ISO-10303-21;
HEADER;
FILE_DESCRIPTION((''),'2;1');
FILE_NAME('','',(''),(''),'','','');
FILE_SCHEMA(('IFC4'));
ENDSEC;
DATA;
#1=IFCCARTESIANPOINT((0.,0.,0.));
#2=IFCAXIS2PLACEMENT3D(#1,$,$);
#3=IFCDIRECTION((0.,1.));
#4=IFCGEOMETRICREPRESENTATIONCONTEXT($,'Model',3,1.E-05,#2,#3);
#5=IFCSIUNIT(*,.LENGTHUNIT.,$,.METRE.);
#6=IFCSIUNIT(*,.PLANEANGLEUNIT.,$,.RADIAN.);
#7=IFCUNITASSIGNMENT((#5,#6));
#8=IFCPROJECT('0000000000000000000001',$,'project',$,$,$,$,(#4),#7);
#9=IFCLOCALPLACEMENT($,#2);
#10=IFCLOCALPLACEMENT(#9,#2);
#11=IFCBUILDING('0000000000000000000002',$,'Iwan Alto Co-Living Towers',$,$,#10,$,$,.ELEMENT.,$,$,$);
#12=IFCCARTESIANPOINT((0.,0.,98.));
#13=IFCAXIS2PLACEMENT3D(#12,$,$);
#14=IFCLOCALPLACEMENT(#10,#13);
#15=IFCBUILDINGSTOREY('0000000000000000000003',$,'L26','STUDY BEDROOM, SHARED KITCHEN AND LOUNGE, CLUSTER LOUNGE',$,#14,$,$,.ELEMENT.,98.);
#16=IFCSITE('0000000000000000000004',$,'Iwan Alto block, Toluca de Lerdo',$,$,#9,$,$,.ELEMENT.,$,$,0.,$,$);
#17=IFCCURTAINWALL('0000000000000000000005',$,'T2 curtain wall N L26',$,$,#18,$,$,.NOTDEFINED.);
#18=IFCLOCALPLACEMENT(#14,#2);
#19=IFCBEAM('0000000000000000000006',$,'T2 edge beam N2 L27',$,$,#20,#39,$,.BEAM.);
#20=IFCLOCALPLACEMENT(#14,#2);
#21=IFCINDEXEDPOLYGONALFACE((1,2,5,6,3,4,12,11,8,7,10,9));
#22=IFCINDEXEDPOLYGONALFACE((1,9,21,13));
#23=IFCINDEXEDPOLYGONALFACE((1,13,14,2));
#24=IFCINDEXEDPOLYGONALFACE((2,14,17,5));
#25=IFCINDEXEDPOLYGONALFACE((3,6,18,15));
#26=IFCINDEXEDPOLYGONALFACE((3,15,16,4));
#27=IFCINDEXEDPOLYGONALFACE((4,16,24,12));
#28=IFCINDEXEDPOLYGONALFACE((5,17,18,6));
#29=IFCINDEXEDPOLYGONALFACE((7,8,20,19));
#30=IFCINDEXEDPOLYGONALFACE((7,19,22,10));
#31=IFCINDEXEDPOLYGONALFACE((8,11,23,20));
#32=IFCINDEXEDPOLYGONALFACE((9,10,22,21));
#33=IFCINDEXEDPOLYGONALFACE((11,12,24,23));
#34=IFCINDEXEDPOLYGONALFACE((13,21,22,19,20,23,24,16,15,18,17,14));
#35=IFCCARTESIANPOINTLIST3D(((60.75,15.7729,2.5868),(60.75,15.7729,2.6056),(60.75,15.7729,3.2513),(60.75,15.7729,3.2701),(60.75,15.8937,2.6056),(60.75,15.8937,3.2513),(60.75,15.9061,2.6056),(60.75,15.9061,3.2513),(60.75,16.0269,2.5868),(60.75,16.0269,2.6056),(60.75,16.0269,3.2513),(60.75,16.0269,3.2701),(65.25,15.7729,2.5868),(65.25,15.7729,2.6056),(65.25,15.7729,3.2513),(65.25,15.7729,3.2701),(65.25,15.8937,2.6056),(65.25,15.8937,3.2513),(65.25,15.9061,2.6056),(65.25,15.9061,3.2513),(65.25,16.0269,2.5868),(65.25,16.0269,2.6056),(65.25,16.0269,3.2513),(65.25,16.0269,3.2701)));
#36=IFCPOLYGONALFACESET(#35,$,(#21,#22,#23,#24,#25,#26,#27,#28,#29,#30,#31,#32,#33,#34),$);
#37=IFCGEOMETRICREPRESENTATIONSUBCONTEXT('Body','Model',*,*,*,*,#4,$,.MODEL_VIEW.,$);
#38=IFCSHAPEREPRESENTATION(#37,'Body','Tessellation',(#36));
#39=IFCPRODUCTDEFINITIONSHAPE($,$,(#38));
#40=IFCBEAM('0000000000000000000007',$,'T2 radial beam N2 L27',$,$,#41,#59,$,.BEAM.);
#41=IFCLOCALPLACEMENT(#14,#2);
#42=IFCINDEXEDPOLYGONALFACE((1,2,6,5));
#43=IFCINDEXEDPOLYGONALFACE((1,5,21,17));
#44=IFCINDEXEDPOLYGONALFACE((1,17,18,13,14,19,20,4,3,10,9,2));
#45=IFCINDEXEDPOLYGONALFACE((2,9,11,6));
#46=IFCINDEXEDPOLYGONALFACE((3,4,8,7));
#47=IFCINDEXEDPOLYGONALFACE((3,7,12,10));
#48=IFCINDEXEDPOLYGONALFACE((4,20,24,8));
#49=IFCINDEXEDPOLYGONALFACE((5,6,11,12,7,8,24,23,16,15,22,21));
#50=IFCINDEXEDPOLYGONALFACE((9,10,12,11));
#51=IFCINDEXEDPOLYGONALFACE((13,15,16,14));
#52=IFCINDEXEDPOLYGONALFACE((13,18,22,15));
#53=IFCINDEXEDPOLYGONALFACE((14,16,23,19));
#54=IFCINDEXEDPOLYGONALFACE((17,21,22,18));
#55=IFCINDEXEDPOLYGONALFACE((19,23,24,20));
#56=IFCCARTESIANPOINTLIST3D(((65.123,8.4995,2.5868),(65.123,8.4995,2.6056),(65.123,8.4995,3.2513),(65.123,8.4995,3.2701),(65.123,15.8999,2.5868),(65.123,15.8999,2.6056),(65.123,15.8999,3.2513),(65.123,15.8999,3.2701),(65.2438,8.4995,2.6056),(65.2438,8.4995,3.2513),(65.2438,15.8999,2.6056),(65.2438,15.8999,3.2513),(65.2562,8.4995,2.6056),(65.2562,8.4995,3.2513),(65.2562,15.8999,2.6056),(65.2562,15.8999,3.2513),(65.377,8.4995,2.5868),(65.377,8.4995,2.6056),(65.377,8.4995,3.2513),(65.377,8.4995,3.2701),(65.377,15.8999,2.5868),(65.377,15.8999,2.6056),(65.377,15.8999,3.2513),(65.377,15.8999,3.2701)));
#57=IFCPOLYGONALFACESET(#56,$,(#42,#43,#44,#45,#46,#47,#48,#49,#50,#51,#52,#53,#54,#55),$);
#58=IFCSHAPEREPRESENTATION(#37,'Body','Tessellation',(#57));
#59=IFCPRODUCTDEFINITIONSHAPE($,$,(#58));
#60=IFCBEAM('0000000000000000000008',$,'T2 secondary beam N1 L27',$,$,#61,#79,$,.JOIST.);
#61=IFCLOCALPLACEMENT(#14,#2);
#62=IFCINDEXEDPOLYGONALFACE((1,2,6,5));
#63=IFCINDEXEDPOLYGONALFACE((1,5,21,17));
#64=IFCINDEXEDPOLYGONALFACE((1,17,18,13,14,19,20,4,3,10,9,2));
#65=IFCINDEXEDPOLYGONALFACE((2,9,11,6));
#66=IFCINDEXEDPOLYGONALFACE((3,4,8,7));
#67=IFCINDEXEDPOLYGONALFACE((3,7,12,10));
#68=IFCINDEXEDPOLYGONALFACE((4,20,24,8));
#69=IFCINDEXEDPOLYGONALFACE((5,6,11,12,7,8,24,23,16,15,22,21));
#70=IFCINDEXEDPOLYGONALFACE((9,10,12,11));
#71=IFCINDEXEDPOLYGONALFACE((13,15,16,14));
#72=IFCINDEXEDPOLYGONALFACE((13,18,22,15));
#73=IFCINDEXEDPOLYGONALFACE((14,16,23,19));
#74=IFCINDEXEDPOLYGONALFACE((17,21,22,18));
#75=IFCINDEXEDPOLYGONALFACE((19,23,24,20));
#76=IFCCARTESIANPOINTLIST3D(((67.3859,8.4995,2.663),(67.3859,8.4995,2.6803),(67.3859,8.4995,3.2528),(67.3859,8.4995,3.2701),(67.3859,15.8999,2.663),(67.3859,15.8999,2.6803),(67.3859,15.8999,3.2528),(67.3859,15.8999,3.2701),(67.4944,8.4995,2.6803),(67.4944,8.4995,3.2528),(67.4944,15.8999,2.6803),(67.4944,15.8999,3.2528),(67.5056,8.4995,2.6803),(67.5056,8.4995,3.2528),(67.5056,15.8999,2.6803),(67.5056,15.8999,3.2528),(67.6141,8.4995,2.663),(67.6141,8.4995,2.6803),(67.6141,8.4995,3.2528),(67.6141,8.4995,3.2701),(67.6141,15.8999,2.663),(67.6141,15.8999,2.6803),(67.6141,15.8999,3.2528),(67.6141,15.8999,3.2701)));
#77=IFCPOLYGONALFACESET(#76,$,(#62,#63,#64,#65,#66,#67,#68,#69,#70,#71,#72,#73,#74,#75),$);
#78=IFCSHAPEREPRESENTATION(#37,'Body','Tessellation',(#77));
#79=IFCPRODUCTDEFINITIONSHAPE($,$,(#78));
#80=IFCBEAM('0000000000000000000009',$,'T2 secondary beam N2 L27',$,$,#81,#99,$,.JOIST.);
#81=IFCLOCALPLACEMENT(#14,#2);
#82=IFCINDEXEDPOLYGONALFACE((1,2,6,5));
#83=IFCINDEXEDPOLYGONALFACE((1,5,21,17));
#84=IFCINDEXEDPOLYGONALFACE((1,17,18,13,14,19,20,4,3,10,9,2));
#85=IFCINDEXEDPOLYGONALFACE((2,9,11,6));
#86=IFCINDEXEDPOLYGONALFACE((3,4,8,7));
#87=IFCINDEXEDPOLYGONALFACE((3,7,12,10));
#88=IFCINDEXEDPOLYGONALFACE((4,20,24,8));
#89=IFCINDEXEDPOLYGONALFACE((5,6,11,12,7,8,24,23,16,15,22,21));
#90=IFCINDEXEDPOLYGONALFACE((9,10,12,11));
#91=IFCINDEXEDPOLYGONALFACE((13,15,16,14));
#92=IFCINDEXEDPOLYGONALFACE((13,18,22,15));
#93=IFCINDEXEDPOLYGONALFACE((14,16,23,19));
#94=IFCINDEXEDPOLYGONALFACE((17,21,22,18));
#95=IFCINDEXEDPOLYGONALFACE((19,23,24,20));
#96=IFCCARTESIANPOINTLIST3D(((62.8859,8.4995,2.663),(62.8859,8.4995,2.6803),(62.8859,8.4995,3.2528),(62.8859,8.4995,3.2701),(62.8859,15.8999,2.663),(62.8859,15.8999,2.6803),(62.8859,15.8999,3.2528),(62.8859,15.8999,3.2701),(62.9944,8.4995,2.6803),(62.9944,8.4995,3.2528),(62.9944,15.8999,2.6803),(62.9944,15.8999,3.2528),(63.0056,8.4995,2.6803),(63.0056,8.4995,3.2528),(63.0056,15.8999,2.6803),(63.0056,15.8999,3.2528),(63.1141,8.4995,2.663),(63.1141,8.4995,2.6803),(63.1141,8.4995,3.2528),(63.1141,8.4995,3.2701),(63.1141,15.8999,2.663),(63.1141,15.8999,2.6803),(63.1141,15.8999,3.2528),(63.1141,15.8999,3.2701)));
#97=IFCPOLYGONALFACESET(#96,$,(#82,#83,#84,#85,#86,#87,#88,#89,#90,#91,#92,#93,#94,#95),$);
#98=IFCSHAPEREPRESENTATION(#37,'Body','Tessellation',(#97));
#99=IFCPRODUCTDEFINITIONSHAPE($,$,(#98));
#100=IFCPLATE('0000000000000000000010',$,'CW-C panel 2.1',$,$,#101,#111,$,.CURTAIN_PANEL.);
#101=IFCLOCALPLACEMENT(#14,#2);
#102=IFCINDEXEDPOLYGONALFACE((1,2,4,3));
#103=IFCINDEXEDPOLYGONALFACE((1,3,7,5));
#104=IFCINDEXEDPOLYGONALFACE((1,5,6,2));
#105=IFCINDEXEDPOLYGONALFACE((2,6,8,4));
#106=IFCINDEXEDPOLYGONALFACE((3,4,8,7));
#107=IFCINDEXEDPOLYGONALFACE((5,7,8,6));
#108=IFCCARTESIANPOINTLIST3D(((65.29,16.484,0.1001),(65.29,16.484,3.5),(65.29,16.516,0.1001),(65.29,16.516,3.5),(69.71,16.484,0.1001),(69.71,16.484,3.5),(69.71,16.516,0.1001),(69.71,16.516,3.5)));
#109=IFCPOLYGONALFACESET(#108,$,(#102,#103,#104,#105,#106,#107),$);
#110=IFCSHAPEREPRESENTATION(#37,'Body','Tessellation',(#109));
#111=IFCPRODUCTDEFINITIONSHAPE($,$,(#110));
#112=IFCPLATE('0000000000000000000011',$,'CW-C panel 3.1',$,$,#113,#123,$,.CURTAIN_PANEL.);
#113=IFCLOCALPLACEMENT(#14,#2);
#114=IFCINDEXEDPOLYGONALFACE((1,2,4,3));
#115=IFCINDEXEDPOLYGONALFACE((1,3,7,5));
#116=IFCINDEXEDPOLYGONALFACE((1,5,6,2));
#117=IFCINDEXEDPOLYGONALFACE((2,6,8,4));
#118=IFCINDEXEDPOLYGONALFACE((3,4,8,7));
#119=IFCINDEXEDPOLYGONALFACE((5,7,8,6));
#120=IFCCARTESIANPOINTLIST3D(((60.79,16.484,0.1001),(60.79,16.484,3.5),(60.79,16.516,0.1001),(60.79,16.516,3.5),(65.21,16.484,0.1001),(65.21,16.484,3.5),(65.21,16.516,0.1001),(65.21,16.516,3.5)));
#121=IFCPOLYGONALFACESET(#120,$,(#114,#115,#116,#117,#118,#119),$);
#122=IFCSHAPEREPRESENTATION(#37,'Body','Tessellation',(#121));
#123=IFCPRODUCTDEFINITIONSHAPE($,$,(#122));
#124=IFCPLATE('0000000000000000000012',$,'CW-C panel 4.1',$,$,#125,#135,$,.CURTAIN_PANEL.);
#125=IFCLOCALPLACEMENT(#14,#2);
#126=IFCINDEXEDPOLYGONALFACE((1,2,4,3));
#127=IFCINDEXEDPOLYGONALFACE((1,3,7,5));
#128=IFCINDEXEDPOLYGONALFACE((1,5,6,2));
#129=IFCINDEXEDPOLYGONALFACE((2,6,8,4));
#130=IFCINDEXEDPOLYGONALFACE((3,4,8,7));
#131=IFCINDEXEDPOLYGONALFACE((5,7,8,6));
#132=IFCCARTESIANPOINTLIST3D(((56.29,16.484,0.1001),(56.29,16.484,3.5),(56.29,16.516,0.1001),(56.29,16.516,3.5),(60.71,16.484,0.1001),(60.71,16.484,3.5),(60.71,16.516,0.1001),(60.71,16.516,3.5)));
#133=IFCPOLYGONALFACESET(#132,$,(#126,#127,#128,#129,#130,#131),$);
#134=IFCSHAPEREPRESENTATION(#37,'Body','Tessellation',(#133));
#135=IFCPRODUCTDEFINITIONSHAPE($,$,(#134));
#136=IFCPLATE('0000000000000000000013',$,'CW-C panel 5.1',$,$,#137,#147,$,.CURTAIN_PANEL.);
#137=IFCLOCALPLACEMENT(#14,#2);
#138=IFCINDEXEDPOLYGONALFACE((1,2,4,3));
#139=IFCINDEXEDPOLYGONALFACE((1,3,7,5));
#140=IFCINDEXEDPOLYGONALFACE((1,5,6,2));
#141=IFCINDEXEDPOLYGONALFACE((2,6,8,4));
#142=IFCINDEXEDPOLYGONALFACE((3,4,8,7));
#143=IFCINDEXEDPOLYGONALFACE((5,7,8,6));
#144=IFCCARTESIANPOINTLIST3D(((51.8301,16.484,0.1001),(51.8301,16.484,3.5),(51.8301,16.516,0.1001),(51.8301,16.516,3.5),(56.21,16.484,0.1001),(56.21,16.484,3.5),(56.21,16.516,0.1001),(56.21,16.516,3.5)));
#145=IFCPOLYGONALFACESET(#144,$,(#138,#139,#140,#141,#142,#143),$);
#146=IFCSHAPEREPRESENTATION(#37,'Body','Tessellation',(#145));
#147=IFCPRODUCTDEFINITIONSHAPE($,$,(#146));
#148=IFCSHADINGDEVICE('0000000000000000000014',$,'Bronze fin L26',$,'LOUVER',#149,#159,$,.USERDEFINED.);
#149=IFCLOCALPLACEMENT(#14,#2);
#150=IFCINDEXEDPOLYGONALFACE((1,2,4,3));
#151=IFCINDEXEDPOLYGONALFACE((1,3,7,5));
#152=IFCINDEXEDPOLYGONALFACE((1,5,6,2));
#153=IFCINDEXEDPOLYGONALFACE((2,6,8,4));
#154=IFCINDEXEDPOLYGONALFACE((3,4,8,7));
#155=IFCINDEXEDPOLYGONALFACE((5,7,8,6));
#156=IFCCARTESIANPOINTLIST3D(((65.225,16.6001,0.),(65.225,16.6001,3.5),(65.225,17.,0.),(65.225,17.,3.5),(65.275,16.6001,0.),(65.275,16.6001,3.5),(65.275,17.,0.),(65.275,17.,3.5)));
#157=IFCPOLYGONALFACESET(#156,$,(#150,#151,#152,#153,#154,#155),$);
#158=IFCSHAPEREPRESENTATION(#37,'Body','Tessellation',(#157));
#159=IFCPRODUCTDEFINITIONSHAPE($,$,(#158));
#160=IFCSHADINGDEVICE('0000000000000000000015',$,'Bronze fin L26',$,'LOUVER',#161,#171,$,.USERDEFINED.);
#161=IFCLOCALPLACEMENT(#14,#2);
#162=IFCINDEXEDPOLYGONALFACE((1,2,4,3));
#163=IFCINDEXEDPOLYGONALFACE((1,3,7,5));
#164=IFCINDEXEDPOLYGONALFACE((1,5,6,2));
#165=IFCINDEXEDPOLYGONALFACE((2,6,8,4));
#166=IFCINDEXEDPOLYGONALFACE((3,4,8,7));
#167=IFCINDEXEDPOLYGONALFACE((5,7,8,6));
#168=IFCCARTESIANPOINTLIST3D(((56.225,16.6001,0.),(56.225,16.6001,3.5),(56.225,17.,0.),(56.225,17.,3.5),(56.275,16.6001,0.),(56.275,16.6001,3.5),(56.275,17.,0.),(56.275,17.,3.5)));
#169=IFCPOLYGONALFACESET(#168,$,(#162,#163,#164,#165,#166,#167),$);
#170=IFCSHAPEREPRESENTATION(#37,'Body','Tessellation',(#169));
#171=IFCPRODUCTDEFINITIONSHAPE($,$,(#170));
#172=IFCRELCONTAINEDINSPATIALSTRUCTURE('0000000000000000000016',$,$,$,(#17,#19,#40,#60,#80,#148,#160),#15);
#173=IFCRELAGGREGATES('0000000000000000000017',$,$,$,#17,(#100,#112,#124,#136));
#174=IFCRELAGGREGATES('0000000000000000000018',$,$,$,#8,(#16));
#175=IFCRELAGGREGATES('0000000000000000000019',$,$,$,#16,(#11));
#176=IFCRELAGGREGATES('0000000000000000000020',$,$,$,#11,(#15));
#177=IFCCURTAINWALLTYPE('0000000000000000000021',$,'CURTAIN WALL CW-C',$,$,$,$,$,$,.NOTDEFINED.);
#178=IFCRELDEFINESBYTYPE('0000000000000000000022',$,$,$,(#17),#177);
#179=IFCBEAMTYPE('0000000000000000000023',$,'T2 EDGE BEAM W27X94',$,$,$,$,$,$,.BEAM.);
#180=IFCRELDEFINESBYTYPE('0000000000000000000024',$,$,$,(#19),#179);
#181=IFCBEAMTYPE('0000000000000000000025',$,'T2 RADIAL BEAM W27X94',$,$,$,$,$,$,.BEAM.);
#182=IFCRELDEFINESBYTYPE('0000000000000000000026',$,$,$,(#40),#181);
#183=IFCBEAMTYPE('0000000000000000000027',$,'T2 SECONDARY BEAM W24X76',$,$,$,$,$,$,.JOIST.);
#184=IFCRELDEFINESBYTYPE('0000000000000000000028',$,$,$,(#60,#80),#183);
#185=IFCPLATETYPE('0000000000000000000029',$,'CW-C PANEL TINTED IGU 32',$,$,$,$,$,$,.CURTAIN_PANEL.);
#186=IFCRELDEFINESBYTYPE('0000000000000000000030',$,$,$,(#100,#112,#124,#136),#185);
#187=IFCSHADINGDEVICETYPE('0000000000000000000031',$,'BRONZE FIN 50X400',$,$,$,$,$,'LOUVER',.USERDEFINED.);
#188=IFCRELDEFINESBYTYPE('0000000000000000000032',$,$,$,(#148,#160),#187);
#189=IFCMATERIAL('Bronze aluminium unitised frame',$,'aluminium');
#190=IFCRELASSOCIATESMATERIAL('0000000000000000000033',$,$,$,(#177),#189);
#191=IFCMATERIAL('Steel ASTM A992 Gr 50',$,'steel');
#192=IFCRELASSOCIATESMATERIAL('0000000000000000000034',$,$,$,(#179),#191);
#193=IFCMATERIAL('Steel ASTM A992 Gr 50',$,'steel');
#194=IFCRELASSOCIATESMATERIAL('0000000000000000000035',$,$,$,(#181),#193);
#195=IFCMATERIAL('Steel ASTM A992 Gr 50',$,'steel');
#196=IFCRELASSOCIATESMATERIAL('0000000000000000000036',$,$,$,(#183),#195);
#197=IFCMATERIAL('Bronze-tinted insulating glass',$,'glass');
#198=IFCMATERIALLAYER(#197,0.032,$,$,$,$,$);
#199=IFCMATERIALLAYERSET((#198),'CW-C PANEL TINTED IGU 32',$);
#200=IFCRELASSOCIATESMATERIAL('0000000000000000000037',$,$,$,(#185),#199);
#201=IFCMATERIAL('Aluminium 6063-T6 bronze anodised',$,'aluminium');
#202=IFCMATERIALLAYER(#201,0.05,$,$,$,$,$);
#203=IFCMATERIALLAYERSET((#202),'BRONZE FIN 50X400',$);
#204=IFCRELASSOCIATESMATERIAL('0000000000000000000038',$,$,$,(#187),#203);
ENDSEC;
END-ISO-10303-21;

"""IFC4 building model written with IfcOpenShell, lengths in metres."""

from ifc_helpers import new_model, si_unit, direction, frame, origin, origin_2d, place, context, subcontext, project, spatial, rectangle, i_section, extrude, material, layer, layer_set, material_profile, profile_set, type_object, element, aggregate, save


model = new_model("IFC4")

# Units and contexts
model_context = context("Model", 3, precision=1e-05, world=origin(), true_north=direction((0.0, 1.0)))
body_context = subcontext(model_context, "Body", "Model", "MODEL_VIEW")
ifc_project = project(units=[si_unit("LENGTHUNIT", "METRE"), si_unit("PLANEANGLEUNIT", "RADIAN")], contexts=[model_context])

# Site, building, storey
site_placement = place(None, origin())
site = spatial("IfcSite", under=ifc_project, at=site_placement, Name="Iwan Alto block, Toluca de Lerdo", CompositionType="ELEMENT", RefElevation=0.0)
building_placement = place(site_placement, origin())
building = spatial("IfcBuilding", under=site, at=building_placement, Name="Iwan Alto Co-Living Towers", CompositionType="ELEMENT")
storey_placement = place(building_placement, frame((0.0, 0.0, 98.0)))
storey = spatial("IfcBuildingStorey", under=building, at=storey_placement, Name="L26", Description="STUDY BEDROOM, SHARED KITCHEN AND LOUNGE, CLUSTER LOUNGE", CompositionType="ELEMENT", Elevation=98.0)

# Curtain wall
ifc_material_1 = material(Name="Bronze aluminium unitised frame", Category="aluminium")
curtain_wall_type_1 = type_object("IfcCurtainWallType", Name="CURTAIN WALL CW-C", PredefinedType="NOTDEFINED", material=ifc_material_1)
curtain_wall_1_placement = place(storey_placement, origin())
curtain_wall_1 = element("IfcCurtainWall", 1, at=curtain_wall_1_placement, inside=storey, type_object=curtain_wall_type_1, Name="T2 curtain wall N L26", PredefinedType="NOTDEFINED")

# Beams
ifc_material_2 = material(Name="Steel ASTM A992 Gr 50", Category="steel")
ifc_material_profile_1 = material_profile(ifc_material_2, i_section(OverallWidth=0.2539, OverallDepth=0.6833, WebThickness=0.0125, FlangeThickness=0.0188, at=origin_2d()), Name="W27X94")
ifc_profile_set_1 = profile_set([ifc_material_profile_1], Name="Steel ASTM A992 Gr 50")
beam_type_1 = type_object("IfcBeamType", Name="T2 EDGE BEAM W27X94", PredefinedType="BEAM", material=ifc_profile_set_1)
for number, where, z_axis, x_axis, name in (
    (2, (65.25, 15.8999, 2.9285), (-1.0, 0.0, 0.0), (0.0, -1.0, 0.0), "T2 edge beam N2 L27"),
):
    element("IfcBeam", number, at=place(storey_placement, frame(where, z_axis=z_axis, x_axis=x_axis)), inside=storey, type_object=beam_type_1, Name=name, PredefinedType="BEAM", context=body_context, shape_type="SweptSolid", body=[
        extrude(i_section(OverallWidth=0.2539, OverallDepth=0.6833, WebThickness=0.0125, FlangeThickness=0.0188, at=origin_2d()), origin(), (0.0, 0.0, 1.0), 4.5),
    ])
ifc_material_3 = material(Name="Steel ASTM A992 Gr 50", Category="steel")
ifc_material_profile_2 = material_profile(ifc_material_3, i_section(OverallWidth=0.2539, OverallDepth=0.6833, WebThickness=0.0125, FlangeThickness=0.0188, at=origin_2d()), Name="W27X94")
ifc_profile_set_2 = profile_set([ifc_material_profile_2], Name="Steel ASTM A992 Gr 50")
beam_type_2 = type_object("IfcBeamType", Name="T2 RADIAL BEAM W27X94", PredefinedType="BEAM", material=ifc_profile_set_2)
beam_placement = place(storey_placement, frame((65.25, 15.8999, 2.9285), z_axis=(0.0, -1.0, 0.0), x_axis=(1.0, 0.0, 0.0)))
element("IfcBeam", 3, at=beam_placement, inside=storey, type_object=beam_type_2, Name="T2 radial beam N2 L27", PredefinedType="BEAM", context=body_context, shape_type="SweptSolid", body=[
    extrude(i_section(OverallWidth=0.2539, OverallDepth=0.6833, WebThickness=0.0125, FlangeThickness=0.0188, at=origin_2d()), origin(), (0.0, 0.0, 1.0), 7.4004),
])
ifc_material_4 = material(Name="Steel ASTM A992 Gr 50", Category="steel")
ifc_material_profile_3 = material_profile(ifc_material_4, i_section(OverallWidth=0.2283, OverallDepth=0.6072, WebThickness=0.0112, FlangeThickness=0.0173, at=origin_2d()), Name="W24X76")
ifc_profile_set_3 = profile_set([ifc_material_profile_3], Name="Steel ASTM A992 Gr 50")
beam_type_3 = type_object("IfcBeamType", Name="T2 SECONDARY BEAM W24X76", PredefinedType="JOIST", material=ifc_profile_set_3)
for number, where, z_axis, x_axis, name in (
    (4, (67.5, 15.8999, 2.9666), (0.0, -1.0, 0.0), (1.0, 0.0, 0.0), "T2 secondary beam N1 L27"),
    (5, (63.0, 15.8999, 2.9666), (0.0, -1.0, 0.0), (1.0, 0.0, 0.0), "T2 secondary beam N2 L27"),
):
    element("IfcBeam", number, at=place(storey_placement, frame(where, z_axis=z_axis, x_axis=x_axis)), inside=storey, type_object=beam_type_3, Name=name, PredefinedType="JOIST", context=body_context, shape_type="SweptSolid", body=[
        extrude(i_section(OverallWidth=0.2283, OverallDepth=0.6072, WebThickness=0.0112, FlangeThickness=0.0173, at=origin_2d()), origin(), (0.0, 0.0, 1.0), 7.4004),
    ])

# Plates
ifc_material_5 = material(Name="Bronze-tinted insulating glass", Category="glass")
ifc_layer_1 = layer(ifc_material_5, 0.032)
ifc_layer_set_1 = layer_set([ifc_layer_1], Name="CW-C PANEL TINTED IGU 32")
plate_type = type_object("IfcPlateType", Name="CW-C PANEL TINTED IGU 32", PredefinedType="CURTAIN_PANEL", material=ifc_layer_set_1)
plate_1_placement = place(storey_placement, frame((67.5, 16.5, 0.1001), z_axis=(0.0, 0.0, 1.0), x_axis=(-1.0, 0.0, 0.0)))
plate_1 = element("IfcPlate", 6, at=plate_1_placement, type_object=plate_type, Name="CW-C panel 2.1", PredefinedType="CURTAIN_PANEL", context=body_context, shape_type="SweptSolid", body=[
    extrude(rectangle(XDim=4.4199, YDim=0.032, at=origin_2d()), origin(), (0.0, 0.0, 1.0), 3.3999),
])
plate_2_placement = place(storey_placement, frame((63.0, 16.5, 0.1001), z_axis=(0.0, 0.0, 1.0), x_axis=(-1.0, 0.0, 0.0)))
plate_2 = element("IfcPlate", 7, at=plate_2_placement, type_object=plate_type, Name="CW-C panel 3.1", PredefinedType="CURTAIN_PANEL", context=body_context, shape_type="SweptSolid", body=[
    extrude(rectangle(XDim=4.4199, YDim=0.032, at=origin_2d()), origin(), (0.0, 0.0, 1.0), 3.3999),
])
plate_3_placement = place(storey_placement, frame((58.5, 16.5, 0.1001), z_axis=(0.0, 0.0, 1.0), x_axis=(-1.0, 0.0, 0.0)))
plate_3 = element("IfcPlate", 8, at=plate_3_placement, type_object=plate_type, Name="CW-C panel 4.1", PredefinedType="CURTAIN_PANEL", context=body_context, shape_type="SweptSolid", body=[
    extrude(rectangle(XDim=4.4199, YDim=0.032, at=origin_2d()), origin(), (0.0, 0.0, 1.0), 3.3999),
])
plate_4_placement = place(storey_placement, frame((54.02, 16.5, 0.1001), z_axis=(0.0, 0.0, 1.0), x_axis=(-1.0, 0.0, 0.0)))
plate_4 = element("IfcPlate", 9, at=plate_4_placement, type_object=plate_type, Name="CW-C panel 5.1", PredefinedType="CURTAIN_PANEL", context=body_context, shape_type="SweptSolid", body=[
    extrude(rectangle(XDim=4.3799, YDim=0.032, at=origin_2d()), origin(), (0.0, 0.0, 1.0), 3.3999),
])
aggregate(curtain_wall_1, [plate_1, plate_2, plate_3, plate_4])

# Shading devices
ifc_material_6 = material(Name="Aluminium 6063-T6 bronze anodised", Category="aluminium")
ifc_layer_2 = layer(ifc_material_6, 0.05)
ifc_layer_set_2 = layer_set([ifc_layer_2], Name="BRONZE FIN 50X400")
shading_device_type = type_object("IfcShadingDeviceType", Name="BRONZE FIN 50X400", ElementType="LOUVER", PredefinedType="USERDEFINED", material=ifc_layer_set_2)
for number, where, z_axis, x_axis, name in (
    (10, (65.25, 16.8, 0.0), (0.0, 0.0, 1.0), (-1.0, 0.0, 0.0), "Bronze fin L26"),
    (11, (56.25, 16.8, 0.0), (0.0, 0.0, 1.0), (-1.0, 0.0, 0.0), "Bronze fin L26"),
):
    element("IfcShadingDevice", number, at=place(storey_placement, frame(where, z_axis=z_axis, x_axis=x_axis)), inside=storey, type_object=shading_device_type, Name=name, ObjectType="LOUVER", PredefinedType="USERDEFINED", context=body_context, shape_type="SweptSolid", body=[
        extrude(rectangle(XDim=0.05, YDim=0.3999, at=origin_2d()), origin(), (0.0, 0.0, 1.0), 3.5),
    ])

save(model, "model.ifc")
